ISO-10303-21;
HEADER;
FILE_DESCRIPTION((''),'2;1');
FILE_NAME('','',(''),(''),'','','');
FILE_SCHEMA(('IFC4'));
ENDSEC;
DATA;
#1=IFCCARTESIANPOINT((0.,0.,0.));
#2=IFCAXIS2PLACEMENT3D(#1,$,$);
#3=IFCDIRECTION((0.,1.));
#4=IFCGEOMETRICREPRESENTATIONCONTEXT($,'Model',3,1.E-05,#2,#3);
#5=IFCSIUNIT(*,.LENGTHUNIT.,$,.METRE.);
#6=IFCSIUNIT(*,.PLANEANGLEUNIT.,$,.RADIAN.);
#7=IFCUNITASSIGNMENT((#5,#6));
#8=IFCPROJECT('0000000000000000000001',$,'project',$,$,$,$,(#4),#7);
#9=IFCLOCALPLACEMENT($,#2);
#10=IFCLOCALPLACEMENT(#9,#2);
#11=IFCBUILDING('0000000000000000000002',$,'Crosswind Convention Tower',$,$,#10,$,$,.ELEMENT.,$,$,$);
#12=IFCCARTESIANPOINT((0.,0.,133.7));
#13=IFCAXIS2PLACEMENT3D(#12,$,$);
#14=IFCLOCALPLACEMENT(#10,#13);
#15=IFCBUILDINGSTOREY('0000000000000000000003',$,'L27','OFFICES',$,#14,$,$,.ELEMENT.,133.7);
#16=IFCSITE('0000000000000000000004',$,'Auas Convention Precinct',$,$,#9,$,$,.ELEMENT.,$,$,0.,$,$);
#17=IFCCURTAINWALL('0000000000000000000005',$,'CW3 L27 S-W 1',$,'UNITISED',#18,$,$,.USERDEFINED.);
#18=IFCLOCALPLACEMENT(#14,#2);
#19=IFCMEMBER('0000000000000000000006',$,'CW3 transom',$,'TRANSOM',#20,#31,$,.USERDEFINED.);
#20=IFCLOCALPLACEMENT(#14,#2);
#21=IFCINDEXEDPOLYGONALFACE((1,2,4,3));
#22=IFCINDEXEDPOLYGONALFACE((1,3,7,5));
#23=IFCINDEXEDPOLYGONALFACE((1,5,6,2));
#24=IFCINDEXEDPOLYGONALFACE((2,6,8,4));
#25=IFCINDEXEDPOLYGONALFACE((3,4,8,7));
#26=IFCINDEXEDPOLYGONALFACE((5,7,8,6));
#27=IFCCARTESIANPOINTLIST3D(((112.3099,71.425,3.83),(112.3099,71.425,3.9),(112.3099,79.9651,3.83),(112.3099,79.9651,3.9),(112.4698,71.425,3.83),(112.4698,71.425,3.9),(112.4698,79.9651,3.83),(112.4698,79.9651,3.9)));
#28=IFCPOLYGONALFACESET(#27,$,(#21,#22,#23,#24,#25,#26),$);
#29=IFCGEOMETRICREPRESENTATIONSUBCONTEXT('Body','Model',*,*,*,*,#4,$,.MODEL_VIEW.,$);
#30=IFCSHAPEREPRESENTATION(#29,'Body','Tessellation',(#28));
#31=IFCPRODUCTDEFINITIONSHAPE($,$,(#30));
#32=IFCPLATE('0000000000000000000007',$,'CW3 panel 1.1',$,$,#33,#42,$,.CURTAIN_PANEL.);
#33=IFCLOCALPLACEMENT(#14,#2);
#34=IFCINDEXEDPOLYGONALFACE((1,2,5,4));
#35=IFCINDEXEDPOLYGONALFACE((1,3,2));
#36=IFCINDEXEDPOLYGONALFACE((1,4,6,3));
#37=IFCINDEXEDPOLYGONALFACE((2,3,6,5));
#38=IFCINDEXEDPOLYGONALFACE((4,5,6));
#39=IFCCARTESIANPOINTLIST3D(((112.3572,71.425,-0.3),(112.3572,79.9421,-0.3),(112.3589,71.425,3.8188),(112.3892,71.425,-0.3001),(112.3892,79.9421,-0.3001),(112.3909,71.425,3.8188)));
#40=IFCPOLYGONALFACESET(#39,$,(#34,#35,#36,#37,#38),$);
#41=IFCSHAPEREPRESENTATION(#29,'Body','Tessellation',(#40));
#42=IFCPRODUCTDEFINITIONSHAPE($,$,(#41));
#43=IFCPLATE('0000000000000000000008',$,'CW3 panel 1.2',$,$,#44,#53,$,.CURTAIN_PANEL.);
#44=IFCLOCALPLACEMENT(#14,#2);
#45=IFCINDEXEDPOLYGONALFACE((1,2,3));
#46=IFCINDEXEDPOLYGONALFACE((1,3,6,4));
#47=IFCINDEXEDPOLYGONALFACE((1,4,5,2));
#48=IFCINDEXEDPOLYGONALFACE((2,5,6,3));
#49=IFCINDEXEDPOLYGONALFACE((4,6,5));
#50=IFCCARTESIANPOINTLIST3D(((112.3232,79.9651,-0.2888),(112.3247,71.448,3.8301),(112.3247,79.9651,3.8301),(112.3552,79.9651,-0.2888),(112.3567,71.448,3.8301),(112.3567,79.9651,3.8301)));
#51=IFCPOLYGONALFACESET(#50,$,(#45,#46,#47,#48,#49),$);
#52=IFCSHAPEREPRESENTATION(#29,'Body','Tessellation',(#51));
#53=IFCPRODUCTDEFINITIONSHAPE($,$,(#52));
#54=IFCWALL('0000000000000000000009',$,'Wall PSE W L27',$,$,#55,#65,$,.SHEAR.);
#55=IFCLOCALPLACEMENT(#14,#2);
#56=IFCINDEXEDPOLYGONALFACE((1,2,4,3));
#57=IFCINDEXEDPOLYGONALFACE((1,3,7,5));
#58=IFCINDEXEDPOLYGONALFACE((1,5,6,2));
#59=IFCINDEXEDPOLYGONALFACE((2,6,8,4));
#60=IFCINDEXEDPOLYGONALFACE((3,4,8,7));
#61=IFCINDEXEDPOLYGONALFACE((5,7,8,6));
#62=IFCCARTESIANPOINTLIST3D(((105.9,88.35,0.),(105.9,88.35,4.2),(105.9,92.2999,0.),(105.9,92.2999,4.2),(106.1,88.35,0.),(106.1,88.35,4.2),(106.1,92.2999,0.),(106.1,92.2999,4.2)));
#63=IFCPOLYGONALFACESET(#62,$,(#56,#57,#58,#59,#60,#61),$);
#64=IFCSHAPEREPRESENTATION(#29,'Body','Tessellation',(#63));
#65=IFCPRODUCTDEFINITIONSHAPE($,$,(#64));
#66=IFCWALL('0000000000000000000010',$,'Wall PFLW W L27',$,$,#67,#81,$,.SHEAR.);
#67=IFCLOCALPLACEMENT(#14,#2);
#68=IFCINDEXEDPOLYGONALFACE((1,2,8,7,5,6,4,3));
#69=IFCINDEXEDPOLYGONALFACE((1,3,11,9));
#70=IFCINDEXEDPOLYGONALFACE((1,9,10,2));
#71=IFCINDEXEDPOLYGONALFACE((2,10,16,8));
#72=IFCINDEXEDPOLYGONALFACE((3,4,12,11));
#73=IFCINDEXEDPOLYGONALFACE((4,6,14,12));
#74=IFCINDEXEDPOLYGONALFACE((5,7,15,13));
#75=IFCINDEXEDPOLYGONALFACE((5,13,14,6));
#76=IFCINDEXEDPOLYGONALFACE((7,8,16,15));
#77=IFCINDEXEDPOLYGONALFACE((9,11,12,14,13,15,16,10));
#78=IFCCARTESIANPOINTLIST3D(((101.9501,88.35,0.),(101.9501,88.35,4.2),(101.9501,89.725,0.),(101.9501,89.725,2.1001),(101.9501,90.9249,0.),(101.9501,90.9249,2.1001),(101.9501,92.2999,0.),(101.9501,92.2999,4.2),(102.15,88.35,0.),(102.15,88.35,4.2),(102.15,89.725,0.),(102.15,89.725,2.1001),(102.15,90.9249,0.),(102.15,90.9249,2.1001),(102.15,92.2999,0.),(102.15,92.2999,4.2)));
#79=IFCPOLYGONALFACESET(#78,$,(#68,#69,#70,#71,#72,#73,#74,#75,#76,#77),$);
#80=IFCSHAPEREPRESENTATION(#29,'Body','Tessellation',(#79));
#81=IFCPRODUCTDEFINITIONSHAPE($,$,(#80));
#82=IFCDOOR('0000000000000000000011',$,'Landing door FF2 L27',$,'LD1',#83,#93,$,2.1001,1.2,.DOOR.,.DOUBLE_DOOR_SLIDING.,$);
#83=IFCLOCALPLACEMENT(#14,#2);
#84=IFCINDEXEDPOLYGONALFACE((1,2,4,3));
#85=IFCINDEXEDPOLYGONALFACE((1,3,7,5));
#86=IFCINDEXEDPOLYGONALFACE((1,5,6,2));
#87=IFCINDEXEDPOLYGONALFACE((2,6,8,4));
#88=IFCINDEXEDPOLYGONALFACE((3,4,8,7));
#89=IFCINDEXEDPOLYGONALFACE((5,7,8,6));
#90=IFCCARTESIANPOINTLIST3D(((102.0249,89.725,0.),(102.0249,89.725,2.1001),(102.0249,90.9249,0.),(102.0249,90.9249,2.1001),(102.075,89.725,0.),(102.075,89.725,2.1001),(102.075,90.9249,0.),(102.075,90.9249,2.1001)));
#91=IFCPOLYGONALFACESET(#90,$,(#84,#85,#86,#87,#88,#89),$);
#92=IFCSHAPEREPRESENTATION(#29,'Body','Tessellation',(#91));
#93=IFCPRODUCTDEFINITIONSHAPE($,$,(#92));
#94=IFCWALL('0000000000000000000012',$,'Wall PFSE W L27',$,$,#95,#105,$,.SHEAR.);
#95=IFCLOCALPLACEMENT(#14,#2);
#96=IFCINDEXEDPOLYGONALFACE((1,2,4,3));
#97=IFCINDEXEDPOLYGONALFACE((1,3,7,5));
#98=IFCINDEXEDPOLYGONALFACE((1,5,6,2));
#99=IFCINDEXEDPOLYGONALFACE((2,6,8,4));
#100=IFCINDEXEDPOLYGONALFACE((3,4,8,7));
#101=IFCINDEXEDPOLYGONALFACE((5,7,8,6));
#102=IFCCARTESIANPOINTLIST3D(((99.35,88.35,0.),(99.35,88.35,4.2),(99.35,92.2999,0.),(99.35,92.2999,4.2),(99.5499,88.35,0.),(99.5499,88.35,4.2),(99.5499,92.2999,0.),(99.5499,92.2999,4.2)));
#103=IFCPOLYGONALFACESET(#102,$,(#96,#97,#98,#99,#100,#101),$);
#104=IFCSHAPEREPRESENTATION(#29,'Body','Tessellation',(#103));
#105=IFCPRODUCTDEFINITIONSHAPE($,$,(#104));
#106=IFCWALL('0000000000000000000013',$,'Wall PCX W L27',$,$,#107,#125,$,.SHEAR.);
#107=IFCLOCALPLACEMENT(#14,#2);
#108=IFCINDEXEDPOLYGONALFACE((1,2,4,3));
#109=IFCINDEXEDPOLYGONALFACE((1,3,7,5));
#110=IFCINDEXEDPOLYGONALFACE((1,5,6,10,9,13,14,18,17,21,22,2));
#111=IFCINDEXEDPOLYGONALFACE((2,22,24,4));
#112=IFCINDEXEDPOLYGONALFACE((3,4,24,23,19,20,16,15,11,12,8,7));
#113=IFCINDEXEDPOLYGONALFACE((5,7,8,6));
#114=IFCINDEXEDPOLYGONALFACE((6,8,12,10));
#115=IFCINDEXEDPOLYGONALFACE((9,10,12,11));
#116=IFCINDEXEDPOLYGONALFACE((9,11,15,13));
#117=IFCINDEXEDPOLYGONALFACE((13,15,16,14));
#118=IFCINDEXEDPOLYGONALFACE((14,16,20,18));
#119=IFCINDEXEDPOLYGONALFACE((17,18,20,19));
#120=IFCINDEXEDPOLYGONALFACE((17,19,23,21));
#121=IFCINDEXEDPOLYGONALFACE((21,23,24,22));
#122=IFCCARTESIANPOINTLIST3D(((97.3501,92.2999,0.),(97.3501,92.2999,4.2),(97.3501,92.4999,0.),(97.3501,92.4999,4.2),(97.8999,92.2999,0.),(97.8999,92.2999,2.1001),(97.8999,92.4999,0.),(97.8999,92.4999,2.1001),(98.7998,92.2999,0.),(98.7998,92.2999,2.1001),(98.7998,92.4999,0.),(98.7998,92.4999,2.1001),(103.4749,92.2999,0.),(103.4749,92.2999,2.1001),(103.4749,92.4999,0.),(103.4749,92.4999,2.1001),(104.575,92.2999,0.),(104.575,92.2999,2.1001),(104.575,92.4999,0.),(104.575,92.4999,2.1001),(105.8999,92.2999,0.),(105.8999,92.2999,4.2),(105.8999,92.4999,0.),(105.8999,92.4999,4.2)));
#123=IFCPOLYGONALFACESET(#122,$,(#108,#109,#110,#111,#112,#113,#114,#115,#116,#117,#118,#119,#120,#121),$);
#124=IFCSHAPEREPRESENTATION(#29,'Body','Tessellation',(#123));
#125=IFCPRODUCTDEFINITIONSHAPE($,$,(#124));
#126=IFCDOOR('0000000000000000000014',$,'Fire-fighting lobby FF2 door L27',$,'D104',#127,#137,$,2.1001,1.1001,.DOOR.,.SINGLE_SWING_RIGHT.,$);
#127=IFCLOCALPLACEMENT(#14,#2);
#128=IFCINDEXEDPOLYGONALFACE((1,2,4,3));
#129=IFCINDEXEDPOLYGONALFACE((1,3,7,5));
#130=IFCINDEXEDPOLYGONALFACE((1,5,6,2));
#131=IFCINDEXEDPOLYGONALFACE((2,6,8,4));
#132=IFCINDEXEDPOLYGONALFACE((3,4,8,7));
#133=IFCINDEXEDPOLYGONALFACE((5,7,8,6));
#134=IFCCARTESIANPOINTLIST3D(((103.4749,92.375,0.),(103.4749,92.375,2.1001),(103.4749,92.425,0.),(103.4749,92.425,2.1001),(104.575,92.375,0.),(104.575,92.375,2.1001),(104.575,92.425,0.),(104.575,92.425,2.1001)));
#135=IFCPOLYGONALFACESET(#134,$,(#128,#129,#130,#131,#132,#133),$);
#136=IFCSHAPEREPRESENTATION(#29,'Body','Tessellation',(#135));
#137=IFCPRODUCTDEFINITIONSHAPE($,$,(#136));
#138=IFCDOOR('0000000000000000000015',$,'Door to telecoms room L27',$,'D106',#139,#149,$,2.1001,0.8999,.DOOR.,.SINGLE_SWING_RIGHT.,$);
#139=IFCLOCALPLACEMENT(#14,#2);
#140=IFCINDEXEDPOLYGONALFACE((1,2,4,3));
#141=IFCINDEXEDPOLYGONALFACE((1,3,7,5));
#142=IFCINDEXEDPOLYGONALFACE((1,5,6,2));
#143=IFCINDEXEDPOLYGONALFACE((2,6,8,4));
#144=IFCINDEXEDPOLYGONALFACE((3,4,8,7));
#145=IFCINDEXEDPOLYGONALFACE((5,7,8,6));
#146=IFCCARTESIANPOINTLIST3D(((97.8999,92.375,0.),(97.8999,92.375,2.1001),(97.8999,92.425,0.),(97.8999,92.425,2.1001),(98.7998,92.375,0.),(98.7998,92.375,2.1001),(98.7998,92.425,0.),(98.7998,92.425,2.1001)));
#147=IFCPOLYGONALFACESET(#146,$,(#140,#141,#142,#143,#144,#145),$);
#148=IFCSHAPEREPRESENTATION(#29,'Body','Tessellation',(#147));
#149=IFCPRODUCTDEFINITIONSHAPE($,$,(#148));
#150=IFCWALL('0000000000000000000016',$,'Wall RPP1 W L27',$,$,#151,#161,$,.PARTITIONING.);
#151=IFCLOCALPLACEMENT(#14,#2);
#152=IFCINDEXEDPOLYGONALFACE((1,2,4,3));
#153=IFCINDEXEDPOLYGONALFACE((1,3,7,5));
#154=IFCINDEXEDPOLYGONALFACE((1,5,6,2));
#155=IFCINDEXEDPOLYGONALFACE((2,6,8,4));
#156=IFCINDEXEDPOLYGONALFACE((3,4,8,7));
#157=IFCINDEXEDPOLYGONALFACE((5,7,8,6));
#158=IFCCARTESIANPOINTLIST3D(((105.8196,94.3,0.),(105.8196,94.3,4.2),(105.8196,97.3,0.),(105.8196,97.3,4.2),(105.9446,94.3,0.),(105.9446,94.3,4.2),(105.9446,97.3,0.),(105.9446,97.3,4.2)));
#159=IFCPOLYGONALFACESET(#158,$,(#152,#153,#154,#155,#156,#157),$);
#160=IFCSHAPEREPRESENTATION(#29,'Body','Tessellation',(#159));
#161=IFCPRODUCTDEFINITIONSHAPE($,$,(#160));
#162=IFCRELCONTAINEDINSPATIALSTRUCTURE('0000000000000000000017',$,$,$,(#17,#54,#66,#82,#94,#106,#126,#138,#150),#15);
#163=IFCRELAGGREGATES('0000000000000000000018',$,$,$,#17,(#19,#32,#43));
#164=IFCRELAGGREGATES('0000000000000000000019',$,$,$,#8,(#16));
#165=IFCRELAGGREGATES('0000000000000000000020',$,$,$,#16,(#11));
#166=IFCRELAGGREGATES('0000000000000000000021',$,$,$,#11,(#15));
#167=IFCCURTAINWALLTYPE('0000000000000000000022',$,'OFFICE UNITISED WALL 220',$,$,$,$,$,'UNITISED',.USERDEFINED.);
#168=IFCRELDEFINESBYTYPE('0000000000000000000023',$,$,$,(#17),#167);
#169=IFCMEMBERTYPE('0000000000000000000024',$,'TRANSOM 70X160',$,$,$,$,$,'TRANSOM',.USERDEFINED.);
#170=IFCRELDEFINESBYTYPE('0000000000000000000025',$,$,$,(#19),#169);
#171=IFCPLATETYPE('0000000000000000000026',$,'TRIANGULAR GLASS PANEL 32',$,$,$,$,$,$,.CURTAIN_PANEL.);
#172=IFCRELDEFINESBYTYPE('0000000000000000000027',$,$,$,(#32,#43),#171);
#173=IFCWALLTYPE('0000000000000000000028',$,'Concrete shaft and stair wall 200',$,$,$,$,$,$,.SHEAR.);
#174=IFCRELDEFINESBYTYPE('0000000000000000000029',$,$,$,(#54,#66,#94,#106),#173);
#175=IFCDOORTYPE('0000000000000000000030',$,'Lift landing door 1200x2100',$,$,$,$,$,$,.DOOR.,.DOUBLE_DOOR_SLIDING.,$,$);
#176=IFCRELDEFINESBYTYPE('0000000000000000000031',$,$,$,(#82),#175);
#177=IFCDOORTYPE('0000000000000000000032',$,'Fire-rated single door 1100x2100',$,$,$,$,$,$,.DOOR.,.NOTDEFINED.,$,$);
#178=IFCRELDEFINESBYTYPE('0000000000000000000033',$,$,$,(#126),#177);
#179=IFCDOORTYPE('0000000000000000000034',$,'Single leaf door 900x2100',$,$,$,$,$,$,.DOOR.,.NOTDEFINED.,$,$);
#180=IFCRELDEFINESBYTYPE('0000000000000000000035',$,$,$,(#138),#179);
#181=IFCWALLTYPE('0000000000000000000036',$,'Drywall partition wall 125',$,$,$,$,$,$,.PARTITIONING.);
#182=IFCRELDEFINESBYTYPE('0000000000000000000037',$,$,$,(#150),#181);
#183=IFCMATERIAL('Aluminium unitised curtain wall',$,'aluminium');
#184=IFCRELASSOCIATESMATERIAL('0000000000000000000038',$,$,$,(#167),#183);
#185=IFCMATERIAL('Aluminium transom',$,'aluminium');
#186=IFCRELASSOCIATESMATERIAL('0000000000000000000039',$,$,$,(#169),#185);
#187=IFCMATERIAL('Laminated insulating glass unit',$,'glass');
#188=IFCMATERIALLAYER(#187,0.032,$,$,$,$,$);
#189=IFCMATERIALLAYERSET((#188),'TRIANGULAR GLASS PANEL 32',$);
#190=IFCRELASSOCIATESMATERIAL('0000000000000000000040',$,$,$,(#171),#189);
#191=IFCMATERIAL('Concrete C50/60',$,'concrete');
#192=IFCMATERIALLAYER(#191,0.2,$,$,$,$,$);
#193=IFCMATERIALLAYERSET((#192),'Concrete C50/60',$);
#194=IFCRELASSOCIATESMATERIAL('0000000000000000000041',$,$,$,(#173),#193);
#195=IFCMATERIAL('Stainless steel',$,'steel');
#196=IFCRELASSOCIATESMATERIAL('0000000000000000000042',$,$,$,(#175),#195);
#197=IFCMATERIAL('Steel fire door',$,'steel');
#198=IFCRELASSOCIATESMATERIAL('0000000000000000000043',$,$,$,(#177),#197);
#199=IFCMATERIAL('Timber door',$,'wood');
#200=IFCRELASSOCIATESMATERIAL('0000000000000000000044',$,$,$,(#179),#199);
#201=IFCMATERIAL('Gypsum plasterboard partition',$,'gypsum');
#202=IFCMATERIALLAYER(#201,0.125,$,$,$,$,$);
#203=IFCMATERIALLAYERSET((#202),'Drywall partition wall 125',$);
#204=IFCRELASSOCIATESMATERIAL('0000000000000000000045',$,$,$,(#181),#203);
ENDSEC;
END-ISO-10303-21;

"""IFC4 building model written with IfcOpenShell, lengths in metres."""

from ifc_helpers import new_model, si_unit, direction, frame, frame_2d, origin, origin_2d, place, context, subcontext, project, spatial, polyline, rectangle, outline, extrude, material, layer, layer_set, material_profile, profile_set, type_object, element, fill, aggregate, save


model = new_model("IFC4")

# Units and contexts
model_context = context("Model", 3, precision=1e-05, world=origin(), true_north=direction((0.0, 1.0)))
body_context = subcontext(model_context, "Body", "Model", "MODEL_VIEW")
ifc_project = project(units=[si_unit("LENGTHUNIT", "METRE"), si_unit("PLANEANGLEUNIT", "RADIAN")], contexts=[model_context])

# Site, building, storey
site_placement = place(None, origin())
site = spatial("IfcSite", under=ifc_project, at=site_placement, Name="Auas Convention Precinct", CompositionType="ELEMENT", RefElevation=0.0)
building_placement = place(site_placement, origin())
building = spatial("IfcBuilding", under=site, at=building_placement, Name="Crosswind Convention Tower", CompositionType="ELEMENT")
storey_placement = place(building_placement, frame((0.0, 0.0, 133.7)))
storey = spatial("IfcBuildingStorey", under=building, at=storey_placement, Name="L27", Description="OFFICES", CompositionType="ELEMENT", Elevation=133.7)

# Shared definitions
ifc_material_1 = material(Name="Aluminium unitised curtain wall", Category="aluminium")

# Curtain wall
curtain_wall_type_1 = type_object("IfcCurtainWallType", Name="OFFICE UNITISED WALL 220", ElementType="UNITISED", PredefinedType="USERDEFINED", material=ifc_material_1)
curtain_wall_1_placement = place(storey_placement, origin())
curtain_wall_1 = element("IfcCurtainWall", 1, at=curtain_wall_1_placement, inside=storey, type_object=curtain_wall_type_1, Name="CW3 L27 S-W 1", ObjectType="UNITISED", PredefinedType="USERDEFINED")

# Member
ifc_material_2 = material(Name="Aluminium transom", Category="aluminium")
ifc_material_profile_1 = material_profile(ifc_material_2, rectangle(XDim=0.1599, YDim=0.0701, at=origin_2d()), Name="AL 160X70")
ifc_profile_set_1 = profile_set([ifc_material_profile_1], Name="Aluminium transom")
member_type_1 = type_object("IfcMemberType", Name="TRANSOM 70X160", ElementType="TRANSOM", PredefinedType="USERDEFINED", material=ifc_profile_set_1)
member_1_placement = place(storey_placement, frame((112.3899, 79.9651, 3.865), z_axis=(0.0, -1.0, 0.0), x_axis=(1.0, 0.0, 0.0)))
member_1 = element("IfcMember", 2, at=member_1_placement, type_object=member_type_1, Name="CW3 transom", ObjectType="TRANSOM", PredefinedType="USERDEFINED", context=body_context, shape_type="SweptSolid", body=[
    extrude(rectangle(XDim=0.1599, YDim=0.0701, at=origin_2d()), origin(), (0.0, 0.0, 1.0), 8.54),
])

# Plates
ifc_material_3 = material(Name="Laminated insulating glass unit", Category="glass")
ifc_layer_1 = layer(ifc_material_3, 0.032)
ifc_layer_set_1 = layer_set([ifc_layer_1], Name="TRIANGULAR GLASS PANEL 32")
plate_type = type_object("IfcPlateType", Name="TRIANGULAR GLASS PANEL 32", PredefinedType="CURTAIN_PANEL", material=ifc_layer_set_1)
plate_1_placement = place(storey_placement, frame((112.3572, 71.425, -0.3), z_axis=(-1.0, 0.0, 0.000415), x_axis=(0.000415, 0.0, 1.0)))
plate_1 = element("IfcPlate", 3, at=plate_1_placement, type_object=plate_type, Name="CW3 panel 1.1", PredefinedType="CURTAIN_PANEL", context=body_context, shape_type="SweptSolid", body=[
    extrude(outline(polyline([(0.0, 0.0), (4.1189, 0.0), (0.0, 8.5171), (0.0, 0.0)])), origin(), (0.0, 0.0, -1.0), 0.032),
])
plate_2_placement = place(storey_placement, frame((112.3247, 79.9651, 3.8301), z_axis=(-1.0, 0.0, 0.000356), x_axis=(-0.000356, 0.0, -1.0)))
plate_2 = element("IfcPlate", 4, at=plate_2_placement, type_object=plate_type, Name="CW3 panel 1.2", PredefinedType="CURTAIN_PANEL", context=body_context, shape_type="SweptSolid", body=[
    extrude(outline(polyline([(0.0, 0.0), (4.1189, 0.0), (0.0, 8.5171), (0.0, 0.0)])), origin(), (0.0, 0.0, -1.0), 0.032),
])

# Wall
ifc_material_4 = material(Name="Concrete C50/60", Category="concrete")
ifc_layer_2 = layer(ifc_material_4, 0.2)
ifc_layer_set_2 = layer_set([ifc_layer_2], Name="Concrete C50/60")
wall_type_1 = type_object("IfcWallType", Name="Concrete shaft and stair wall 200", PredefinedType="SHEAR", material=ifc_layer_set_2)
wall_1_placement = place(storey_placement, frame((106.0, 92.3, 0.0), z_axis=(0.0, 0.0, 1.0), x_axis=(0.0, -1.0, 0.0)))
element("IfcWall", 5, at=wall_1_placement, inside=storey, type_object=wall_type_1, Name="Wall PSE W L27", PredefinedType="SHEAR", context=body_context, shape_type="SweptSolid", body=[
    extrude(rectangle(XDim=3.95, YDim=0.2, at=frame_2d((1.9751, 0.0))), origin(), (0.0, 0.0, 1.0), 4.2),
])

# Wall, opening, door
wall_2_placement = place(storey_placement, frame((102.05, 92.3, 0.0), z_axis=(0.0, 0.0, 1.0), x_axis=(0.0, -1.0, 0.0)))
wall_2 = element("IfcWall", 6, at=wall_2_placement, inside=storey, type_object=wall_type_1, Name="Wall PFLW W L27", PredefinedType="SHEAR", context=body_context, shape_type="SweptSolid", body=[
    extrude(rectangle(XDim=3.95, YDim=0.2, at=frame_2d((1.9751, 0.0))), origin(), (0.0, 0.0, 1.0), 4.2),
])
opening_1_placement = place(wall_2_placement, frame((1.375, 0.0, 0.0)))
opening_1 = element("IfcOpeningElement", 7, at=opening_1_placement, cuts=wall_2, PredefinedType="OPENING", context=body_context, shape_type="SweptSolid", body=[
    extrude(rectangle(XDim=1.2, YDim=2.1001, at=frame_2d((0.6001, 1.05))), frame((0.0, 0.1099, 0.0), z_axis=(0.0, -1.0, 0.0), x_axis=(1.0, 0.0, 0.0)), (0.0, 0.0, 1.0), 0.22),
])
ifc_material_5 = material(Name="Stainless steel", Category="steel")
door_type_1 = type_object("IfcDoorType", Name="Lift landing door 1200x2100", OperationType="DOUBLE_DOOR_SLIDING", PredefinedType="DOOR", material=ifc_material_5)
door_1_placement = place(opening_1_placement, origin())
door_1 = element("IfcDoor", 8, at=door_1_placement, inside=storey, type_object=door_type_1, Name="Landing door FF2 L27", ObjectType="LD1", OperationType="DOUBLE_DOOR_SLIDING", OverallHeight=2.1001, OverallWidth=1.2, PredefinedType="DOOR", context=body_context, shape_type="SweptSolid", body=[
    extrude(rectangle(XDim=1.2, YDim=2.1001, at=frame_2d((0.6001, 1.05))), frame((0.0, 0.0249, 0.0), z_axis=(0.0, -1.0, 0.0), x_axis=(1.0, 0.0, 0.0)), (0.0, 0.0, 1.0), 0.05),
])
fill(opening_1, door_1)

# Wall
wall_3_placement = place(storey_placement, frame((99.45, 92.3, 0.0), z_axis=(0.0, 0.0, 1.0), x_axis=(0.0, -1.0, 0.0)))
element("IfcWall", 9, at=wall_3_placement, inside=storey, type_object=wall_type_1, Name="Wall PFSE W L27", PredefinedType="SHEAR", context=body_context, shape_type="SweptSolid", body=[
    extrude(rectangle(XDim=3.95, YDim=0.2, at=frame_2d((1.9751, 0.0))), origin(), (0.0, 0.0, 1.0), 4.2),
])

# Wall, openings, doors
wall_4_placement = place(storey_placement, frame((105.8999, 92.3999, 0.0), z_axis=(0.0, 0.0, 1.0), x_axis=(-1.0, 0.0, 0.0)))
wall_4 = element("IfcWall", 10, at=wall_4_placement, inside=storey, type_object=wall_type_1, Name="Wall PCX W L27", PredefinedType="SHEAR", context=body_context, shape_type="SweptSolid", body=[
    extrude(rectangle(XDim=8.5498, YDim=0.2, at=frame_2d((4.2749, 0.0))), origin(), (0.0, 0.0, 1.0), 4.2),
])
opening_2_placement = place(wall_4_placement, frame((1.325, 0.0, 0.0)))
opening_2 = element("IfcOpeningElement", 11, at=opening_2_placement, cuts=wall_4, PredefinedType="OPENING", context=body_context, shape_type="SweptSolid", body=[
    extrude(rectangle(XDim=1.1001, YDim=2.1001, at=frame_2d((0.55, 1.05))), frame((0.0, 0.1099, 0.0), z_axis=(0.0, -1.0, 0.0), x_axis=(1.0, 0.0, 0.0)), (0.0, 0.0, 1.0), 0.22),
])
opening_3_placement = place(wall_4_placement, frame((7.1001, 0.0, 0.0)))
opening_3 = element("IfcOpeningElement", 12, at=opening_3_placement, cuts=wall_4, PredefinedType="OPENING", context=body_context, shape_type="SweptSolid", body=[
    extrude(rectangle(XDim=0.8999, YDim=2.1001, at=frame_2d((0.45, 1.05))), frame((0.0, 0.1099, 0.0), z_axis=(0.0, -1.0, 0.0), x_axis=(1.0, 0.0, 0.0)), (0.0, 0.0, 1.0), 0.22),
])
ifc_material_6 = material(Name="Steel fire door", Category="steel")
door_type_2 = type_object("IfcDoorType", Name="Fire-rated single door 1100x2100", OperationType="NOTDEFINED", PredefinedType="DOOR", material=ifc_material_6)
door_2_placement = place(opening_2_placement, origin())
door_2 = element("IfcDoor", 13, at=door_2_placement, inside=storey, type_object=door_type_2, Name="Fire-fighting lobby FF2 door L27", ObjectType="D104", OperationType="SINGLE_SWING_RIGHT", OverallHeight=2.1001, OverallWidth=1.1001, PredefinedType="DOOR", context=body_context, shape_type="SweptSolid", body=[
    extrude(rectangle(XDim=1.1001, YDim=2.1001, at=frame_2d((0.55, 1.05))), frame((0.0, 0.0249, 0.0), z_axis=(0.0, -1.0, 0.0), x_axis=(1.0, 0.0, 0.0)), (0.0, 0.0, 1.0), 0.05),
])
fill(opening_2, door_2)
ifc_material_7 = material(Name="Timber door", Category="wood")
door_type_3 = type_object("IfcDoorType", Name="Single leaf door 900x2100", OperationType="NOTDEFINED", PredefinedType="DOOR", material=ifc_material_7)
door_3_placement = place(opening_3_placement, origin())
door_3 = element("IfcDoor", 14, at=door_3_placement, inside=storey, type_object=door_type_3, Name="Door to telecoms room L27", ObjectType="D106", OperationType="SINGLE_SWING_RIGHT", OverallHeight=2.1001, OverallWidth=0.8999, PredefinedType="DOOR", context=body_context, shape_type="SweptSolid", body=[
    extrude(rectangle(XDim=0.8999, YDim=2.1001, at=frame_2d((0.45, 1.05))), frame((0.0, 0.0249, 0.0), z_axis=(0.0, -1.0, 0.0), x_axis=(1.0, 0.0, 0.0)), (0.0, 0.0, 1.0), 0.05),
])
fill(opening_3, door_3)

# Wall
ifc_material_8 = material(Name="Gypsum plasterboard partition", Category="gypsum")
ifc_layer_3 = layer(ifc_material_8, 0.125)
ifc_layer_set_3 = layer_set([ifc_layer_3], Name="Drywall partition wall 125")
wall_type_2 = type_object("IfcWallType", Name="Drywall partition wall 125", PredefinedType="PARTITIONING", material=ifc_layer_set_3)
wall_5_placement = place(storey_placement, frame((105.8821, 97.3, 0.0), z_axis=(0.0, 0.0, 1.0), x_axis=(0.0, -1.0, 0.0)))
element("IfcWall", 15, at=wall_5_placement, inside=storey, type_object=wall_type_2, Name="Wall RPP1 W L27", PredefinedType="PARTITIONING", context=body_context, shape_type="SweptSolid", body=[
    extrude(rectangle(XDim=3.0, YDim=0.125, at=frame_2d((1.5, 0.0))), origin(), (0.0, 0.0, 1.0), 4.2),
])

aggregate(curtain_wall_1, [member_1, plate_1, plate_2])

save(model, "model.ifc")
